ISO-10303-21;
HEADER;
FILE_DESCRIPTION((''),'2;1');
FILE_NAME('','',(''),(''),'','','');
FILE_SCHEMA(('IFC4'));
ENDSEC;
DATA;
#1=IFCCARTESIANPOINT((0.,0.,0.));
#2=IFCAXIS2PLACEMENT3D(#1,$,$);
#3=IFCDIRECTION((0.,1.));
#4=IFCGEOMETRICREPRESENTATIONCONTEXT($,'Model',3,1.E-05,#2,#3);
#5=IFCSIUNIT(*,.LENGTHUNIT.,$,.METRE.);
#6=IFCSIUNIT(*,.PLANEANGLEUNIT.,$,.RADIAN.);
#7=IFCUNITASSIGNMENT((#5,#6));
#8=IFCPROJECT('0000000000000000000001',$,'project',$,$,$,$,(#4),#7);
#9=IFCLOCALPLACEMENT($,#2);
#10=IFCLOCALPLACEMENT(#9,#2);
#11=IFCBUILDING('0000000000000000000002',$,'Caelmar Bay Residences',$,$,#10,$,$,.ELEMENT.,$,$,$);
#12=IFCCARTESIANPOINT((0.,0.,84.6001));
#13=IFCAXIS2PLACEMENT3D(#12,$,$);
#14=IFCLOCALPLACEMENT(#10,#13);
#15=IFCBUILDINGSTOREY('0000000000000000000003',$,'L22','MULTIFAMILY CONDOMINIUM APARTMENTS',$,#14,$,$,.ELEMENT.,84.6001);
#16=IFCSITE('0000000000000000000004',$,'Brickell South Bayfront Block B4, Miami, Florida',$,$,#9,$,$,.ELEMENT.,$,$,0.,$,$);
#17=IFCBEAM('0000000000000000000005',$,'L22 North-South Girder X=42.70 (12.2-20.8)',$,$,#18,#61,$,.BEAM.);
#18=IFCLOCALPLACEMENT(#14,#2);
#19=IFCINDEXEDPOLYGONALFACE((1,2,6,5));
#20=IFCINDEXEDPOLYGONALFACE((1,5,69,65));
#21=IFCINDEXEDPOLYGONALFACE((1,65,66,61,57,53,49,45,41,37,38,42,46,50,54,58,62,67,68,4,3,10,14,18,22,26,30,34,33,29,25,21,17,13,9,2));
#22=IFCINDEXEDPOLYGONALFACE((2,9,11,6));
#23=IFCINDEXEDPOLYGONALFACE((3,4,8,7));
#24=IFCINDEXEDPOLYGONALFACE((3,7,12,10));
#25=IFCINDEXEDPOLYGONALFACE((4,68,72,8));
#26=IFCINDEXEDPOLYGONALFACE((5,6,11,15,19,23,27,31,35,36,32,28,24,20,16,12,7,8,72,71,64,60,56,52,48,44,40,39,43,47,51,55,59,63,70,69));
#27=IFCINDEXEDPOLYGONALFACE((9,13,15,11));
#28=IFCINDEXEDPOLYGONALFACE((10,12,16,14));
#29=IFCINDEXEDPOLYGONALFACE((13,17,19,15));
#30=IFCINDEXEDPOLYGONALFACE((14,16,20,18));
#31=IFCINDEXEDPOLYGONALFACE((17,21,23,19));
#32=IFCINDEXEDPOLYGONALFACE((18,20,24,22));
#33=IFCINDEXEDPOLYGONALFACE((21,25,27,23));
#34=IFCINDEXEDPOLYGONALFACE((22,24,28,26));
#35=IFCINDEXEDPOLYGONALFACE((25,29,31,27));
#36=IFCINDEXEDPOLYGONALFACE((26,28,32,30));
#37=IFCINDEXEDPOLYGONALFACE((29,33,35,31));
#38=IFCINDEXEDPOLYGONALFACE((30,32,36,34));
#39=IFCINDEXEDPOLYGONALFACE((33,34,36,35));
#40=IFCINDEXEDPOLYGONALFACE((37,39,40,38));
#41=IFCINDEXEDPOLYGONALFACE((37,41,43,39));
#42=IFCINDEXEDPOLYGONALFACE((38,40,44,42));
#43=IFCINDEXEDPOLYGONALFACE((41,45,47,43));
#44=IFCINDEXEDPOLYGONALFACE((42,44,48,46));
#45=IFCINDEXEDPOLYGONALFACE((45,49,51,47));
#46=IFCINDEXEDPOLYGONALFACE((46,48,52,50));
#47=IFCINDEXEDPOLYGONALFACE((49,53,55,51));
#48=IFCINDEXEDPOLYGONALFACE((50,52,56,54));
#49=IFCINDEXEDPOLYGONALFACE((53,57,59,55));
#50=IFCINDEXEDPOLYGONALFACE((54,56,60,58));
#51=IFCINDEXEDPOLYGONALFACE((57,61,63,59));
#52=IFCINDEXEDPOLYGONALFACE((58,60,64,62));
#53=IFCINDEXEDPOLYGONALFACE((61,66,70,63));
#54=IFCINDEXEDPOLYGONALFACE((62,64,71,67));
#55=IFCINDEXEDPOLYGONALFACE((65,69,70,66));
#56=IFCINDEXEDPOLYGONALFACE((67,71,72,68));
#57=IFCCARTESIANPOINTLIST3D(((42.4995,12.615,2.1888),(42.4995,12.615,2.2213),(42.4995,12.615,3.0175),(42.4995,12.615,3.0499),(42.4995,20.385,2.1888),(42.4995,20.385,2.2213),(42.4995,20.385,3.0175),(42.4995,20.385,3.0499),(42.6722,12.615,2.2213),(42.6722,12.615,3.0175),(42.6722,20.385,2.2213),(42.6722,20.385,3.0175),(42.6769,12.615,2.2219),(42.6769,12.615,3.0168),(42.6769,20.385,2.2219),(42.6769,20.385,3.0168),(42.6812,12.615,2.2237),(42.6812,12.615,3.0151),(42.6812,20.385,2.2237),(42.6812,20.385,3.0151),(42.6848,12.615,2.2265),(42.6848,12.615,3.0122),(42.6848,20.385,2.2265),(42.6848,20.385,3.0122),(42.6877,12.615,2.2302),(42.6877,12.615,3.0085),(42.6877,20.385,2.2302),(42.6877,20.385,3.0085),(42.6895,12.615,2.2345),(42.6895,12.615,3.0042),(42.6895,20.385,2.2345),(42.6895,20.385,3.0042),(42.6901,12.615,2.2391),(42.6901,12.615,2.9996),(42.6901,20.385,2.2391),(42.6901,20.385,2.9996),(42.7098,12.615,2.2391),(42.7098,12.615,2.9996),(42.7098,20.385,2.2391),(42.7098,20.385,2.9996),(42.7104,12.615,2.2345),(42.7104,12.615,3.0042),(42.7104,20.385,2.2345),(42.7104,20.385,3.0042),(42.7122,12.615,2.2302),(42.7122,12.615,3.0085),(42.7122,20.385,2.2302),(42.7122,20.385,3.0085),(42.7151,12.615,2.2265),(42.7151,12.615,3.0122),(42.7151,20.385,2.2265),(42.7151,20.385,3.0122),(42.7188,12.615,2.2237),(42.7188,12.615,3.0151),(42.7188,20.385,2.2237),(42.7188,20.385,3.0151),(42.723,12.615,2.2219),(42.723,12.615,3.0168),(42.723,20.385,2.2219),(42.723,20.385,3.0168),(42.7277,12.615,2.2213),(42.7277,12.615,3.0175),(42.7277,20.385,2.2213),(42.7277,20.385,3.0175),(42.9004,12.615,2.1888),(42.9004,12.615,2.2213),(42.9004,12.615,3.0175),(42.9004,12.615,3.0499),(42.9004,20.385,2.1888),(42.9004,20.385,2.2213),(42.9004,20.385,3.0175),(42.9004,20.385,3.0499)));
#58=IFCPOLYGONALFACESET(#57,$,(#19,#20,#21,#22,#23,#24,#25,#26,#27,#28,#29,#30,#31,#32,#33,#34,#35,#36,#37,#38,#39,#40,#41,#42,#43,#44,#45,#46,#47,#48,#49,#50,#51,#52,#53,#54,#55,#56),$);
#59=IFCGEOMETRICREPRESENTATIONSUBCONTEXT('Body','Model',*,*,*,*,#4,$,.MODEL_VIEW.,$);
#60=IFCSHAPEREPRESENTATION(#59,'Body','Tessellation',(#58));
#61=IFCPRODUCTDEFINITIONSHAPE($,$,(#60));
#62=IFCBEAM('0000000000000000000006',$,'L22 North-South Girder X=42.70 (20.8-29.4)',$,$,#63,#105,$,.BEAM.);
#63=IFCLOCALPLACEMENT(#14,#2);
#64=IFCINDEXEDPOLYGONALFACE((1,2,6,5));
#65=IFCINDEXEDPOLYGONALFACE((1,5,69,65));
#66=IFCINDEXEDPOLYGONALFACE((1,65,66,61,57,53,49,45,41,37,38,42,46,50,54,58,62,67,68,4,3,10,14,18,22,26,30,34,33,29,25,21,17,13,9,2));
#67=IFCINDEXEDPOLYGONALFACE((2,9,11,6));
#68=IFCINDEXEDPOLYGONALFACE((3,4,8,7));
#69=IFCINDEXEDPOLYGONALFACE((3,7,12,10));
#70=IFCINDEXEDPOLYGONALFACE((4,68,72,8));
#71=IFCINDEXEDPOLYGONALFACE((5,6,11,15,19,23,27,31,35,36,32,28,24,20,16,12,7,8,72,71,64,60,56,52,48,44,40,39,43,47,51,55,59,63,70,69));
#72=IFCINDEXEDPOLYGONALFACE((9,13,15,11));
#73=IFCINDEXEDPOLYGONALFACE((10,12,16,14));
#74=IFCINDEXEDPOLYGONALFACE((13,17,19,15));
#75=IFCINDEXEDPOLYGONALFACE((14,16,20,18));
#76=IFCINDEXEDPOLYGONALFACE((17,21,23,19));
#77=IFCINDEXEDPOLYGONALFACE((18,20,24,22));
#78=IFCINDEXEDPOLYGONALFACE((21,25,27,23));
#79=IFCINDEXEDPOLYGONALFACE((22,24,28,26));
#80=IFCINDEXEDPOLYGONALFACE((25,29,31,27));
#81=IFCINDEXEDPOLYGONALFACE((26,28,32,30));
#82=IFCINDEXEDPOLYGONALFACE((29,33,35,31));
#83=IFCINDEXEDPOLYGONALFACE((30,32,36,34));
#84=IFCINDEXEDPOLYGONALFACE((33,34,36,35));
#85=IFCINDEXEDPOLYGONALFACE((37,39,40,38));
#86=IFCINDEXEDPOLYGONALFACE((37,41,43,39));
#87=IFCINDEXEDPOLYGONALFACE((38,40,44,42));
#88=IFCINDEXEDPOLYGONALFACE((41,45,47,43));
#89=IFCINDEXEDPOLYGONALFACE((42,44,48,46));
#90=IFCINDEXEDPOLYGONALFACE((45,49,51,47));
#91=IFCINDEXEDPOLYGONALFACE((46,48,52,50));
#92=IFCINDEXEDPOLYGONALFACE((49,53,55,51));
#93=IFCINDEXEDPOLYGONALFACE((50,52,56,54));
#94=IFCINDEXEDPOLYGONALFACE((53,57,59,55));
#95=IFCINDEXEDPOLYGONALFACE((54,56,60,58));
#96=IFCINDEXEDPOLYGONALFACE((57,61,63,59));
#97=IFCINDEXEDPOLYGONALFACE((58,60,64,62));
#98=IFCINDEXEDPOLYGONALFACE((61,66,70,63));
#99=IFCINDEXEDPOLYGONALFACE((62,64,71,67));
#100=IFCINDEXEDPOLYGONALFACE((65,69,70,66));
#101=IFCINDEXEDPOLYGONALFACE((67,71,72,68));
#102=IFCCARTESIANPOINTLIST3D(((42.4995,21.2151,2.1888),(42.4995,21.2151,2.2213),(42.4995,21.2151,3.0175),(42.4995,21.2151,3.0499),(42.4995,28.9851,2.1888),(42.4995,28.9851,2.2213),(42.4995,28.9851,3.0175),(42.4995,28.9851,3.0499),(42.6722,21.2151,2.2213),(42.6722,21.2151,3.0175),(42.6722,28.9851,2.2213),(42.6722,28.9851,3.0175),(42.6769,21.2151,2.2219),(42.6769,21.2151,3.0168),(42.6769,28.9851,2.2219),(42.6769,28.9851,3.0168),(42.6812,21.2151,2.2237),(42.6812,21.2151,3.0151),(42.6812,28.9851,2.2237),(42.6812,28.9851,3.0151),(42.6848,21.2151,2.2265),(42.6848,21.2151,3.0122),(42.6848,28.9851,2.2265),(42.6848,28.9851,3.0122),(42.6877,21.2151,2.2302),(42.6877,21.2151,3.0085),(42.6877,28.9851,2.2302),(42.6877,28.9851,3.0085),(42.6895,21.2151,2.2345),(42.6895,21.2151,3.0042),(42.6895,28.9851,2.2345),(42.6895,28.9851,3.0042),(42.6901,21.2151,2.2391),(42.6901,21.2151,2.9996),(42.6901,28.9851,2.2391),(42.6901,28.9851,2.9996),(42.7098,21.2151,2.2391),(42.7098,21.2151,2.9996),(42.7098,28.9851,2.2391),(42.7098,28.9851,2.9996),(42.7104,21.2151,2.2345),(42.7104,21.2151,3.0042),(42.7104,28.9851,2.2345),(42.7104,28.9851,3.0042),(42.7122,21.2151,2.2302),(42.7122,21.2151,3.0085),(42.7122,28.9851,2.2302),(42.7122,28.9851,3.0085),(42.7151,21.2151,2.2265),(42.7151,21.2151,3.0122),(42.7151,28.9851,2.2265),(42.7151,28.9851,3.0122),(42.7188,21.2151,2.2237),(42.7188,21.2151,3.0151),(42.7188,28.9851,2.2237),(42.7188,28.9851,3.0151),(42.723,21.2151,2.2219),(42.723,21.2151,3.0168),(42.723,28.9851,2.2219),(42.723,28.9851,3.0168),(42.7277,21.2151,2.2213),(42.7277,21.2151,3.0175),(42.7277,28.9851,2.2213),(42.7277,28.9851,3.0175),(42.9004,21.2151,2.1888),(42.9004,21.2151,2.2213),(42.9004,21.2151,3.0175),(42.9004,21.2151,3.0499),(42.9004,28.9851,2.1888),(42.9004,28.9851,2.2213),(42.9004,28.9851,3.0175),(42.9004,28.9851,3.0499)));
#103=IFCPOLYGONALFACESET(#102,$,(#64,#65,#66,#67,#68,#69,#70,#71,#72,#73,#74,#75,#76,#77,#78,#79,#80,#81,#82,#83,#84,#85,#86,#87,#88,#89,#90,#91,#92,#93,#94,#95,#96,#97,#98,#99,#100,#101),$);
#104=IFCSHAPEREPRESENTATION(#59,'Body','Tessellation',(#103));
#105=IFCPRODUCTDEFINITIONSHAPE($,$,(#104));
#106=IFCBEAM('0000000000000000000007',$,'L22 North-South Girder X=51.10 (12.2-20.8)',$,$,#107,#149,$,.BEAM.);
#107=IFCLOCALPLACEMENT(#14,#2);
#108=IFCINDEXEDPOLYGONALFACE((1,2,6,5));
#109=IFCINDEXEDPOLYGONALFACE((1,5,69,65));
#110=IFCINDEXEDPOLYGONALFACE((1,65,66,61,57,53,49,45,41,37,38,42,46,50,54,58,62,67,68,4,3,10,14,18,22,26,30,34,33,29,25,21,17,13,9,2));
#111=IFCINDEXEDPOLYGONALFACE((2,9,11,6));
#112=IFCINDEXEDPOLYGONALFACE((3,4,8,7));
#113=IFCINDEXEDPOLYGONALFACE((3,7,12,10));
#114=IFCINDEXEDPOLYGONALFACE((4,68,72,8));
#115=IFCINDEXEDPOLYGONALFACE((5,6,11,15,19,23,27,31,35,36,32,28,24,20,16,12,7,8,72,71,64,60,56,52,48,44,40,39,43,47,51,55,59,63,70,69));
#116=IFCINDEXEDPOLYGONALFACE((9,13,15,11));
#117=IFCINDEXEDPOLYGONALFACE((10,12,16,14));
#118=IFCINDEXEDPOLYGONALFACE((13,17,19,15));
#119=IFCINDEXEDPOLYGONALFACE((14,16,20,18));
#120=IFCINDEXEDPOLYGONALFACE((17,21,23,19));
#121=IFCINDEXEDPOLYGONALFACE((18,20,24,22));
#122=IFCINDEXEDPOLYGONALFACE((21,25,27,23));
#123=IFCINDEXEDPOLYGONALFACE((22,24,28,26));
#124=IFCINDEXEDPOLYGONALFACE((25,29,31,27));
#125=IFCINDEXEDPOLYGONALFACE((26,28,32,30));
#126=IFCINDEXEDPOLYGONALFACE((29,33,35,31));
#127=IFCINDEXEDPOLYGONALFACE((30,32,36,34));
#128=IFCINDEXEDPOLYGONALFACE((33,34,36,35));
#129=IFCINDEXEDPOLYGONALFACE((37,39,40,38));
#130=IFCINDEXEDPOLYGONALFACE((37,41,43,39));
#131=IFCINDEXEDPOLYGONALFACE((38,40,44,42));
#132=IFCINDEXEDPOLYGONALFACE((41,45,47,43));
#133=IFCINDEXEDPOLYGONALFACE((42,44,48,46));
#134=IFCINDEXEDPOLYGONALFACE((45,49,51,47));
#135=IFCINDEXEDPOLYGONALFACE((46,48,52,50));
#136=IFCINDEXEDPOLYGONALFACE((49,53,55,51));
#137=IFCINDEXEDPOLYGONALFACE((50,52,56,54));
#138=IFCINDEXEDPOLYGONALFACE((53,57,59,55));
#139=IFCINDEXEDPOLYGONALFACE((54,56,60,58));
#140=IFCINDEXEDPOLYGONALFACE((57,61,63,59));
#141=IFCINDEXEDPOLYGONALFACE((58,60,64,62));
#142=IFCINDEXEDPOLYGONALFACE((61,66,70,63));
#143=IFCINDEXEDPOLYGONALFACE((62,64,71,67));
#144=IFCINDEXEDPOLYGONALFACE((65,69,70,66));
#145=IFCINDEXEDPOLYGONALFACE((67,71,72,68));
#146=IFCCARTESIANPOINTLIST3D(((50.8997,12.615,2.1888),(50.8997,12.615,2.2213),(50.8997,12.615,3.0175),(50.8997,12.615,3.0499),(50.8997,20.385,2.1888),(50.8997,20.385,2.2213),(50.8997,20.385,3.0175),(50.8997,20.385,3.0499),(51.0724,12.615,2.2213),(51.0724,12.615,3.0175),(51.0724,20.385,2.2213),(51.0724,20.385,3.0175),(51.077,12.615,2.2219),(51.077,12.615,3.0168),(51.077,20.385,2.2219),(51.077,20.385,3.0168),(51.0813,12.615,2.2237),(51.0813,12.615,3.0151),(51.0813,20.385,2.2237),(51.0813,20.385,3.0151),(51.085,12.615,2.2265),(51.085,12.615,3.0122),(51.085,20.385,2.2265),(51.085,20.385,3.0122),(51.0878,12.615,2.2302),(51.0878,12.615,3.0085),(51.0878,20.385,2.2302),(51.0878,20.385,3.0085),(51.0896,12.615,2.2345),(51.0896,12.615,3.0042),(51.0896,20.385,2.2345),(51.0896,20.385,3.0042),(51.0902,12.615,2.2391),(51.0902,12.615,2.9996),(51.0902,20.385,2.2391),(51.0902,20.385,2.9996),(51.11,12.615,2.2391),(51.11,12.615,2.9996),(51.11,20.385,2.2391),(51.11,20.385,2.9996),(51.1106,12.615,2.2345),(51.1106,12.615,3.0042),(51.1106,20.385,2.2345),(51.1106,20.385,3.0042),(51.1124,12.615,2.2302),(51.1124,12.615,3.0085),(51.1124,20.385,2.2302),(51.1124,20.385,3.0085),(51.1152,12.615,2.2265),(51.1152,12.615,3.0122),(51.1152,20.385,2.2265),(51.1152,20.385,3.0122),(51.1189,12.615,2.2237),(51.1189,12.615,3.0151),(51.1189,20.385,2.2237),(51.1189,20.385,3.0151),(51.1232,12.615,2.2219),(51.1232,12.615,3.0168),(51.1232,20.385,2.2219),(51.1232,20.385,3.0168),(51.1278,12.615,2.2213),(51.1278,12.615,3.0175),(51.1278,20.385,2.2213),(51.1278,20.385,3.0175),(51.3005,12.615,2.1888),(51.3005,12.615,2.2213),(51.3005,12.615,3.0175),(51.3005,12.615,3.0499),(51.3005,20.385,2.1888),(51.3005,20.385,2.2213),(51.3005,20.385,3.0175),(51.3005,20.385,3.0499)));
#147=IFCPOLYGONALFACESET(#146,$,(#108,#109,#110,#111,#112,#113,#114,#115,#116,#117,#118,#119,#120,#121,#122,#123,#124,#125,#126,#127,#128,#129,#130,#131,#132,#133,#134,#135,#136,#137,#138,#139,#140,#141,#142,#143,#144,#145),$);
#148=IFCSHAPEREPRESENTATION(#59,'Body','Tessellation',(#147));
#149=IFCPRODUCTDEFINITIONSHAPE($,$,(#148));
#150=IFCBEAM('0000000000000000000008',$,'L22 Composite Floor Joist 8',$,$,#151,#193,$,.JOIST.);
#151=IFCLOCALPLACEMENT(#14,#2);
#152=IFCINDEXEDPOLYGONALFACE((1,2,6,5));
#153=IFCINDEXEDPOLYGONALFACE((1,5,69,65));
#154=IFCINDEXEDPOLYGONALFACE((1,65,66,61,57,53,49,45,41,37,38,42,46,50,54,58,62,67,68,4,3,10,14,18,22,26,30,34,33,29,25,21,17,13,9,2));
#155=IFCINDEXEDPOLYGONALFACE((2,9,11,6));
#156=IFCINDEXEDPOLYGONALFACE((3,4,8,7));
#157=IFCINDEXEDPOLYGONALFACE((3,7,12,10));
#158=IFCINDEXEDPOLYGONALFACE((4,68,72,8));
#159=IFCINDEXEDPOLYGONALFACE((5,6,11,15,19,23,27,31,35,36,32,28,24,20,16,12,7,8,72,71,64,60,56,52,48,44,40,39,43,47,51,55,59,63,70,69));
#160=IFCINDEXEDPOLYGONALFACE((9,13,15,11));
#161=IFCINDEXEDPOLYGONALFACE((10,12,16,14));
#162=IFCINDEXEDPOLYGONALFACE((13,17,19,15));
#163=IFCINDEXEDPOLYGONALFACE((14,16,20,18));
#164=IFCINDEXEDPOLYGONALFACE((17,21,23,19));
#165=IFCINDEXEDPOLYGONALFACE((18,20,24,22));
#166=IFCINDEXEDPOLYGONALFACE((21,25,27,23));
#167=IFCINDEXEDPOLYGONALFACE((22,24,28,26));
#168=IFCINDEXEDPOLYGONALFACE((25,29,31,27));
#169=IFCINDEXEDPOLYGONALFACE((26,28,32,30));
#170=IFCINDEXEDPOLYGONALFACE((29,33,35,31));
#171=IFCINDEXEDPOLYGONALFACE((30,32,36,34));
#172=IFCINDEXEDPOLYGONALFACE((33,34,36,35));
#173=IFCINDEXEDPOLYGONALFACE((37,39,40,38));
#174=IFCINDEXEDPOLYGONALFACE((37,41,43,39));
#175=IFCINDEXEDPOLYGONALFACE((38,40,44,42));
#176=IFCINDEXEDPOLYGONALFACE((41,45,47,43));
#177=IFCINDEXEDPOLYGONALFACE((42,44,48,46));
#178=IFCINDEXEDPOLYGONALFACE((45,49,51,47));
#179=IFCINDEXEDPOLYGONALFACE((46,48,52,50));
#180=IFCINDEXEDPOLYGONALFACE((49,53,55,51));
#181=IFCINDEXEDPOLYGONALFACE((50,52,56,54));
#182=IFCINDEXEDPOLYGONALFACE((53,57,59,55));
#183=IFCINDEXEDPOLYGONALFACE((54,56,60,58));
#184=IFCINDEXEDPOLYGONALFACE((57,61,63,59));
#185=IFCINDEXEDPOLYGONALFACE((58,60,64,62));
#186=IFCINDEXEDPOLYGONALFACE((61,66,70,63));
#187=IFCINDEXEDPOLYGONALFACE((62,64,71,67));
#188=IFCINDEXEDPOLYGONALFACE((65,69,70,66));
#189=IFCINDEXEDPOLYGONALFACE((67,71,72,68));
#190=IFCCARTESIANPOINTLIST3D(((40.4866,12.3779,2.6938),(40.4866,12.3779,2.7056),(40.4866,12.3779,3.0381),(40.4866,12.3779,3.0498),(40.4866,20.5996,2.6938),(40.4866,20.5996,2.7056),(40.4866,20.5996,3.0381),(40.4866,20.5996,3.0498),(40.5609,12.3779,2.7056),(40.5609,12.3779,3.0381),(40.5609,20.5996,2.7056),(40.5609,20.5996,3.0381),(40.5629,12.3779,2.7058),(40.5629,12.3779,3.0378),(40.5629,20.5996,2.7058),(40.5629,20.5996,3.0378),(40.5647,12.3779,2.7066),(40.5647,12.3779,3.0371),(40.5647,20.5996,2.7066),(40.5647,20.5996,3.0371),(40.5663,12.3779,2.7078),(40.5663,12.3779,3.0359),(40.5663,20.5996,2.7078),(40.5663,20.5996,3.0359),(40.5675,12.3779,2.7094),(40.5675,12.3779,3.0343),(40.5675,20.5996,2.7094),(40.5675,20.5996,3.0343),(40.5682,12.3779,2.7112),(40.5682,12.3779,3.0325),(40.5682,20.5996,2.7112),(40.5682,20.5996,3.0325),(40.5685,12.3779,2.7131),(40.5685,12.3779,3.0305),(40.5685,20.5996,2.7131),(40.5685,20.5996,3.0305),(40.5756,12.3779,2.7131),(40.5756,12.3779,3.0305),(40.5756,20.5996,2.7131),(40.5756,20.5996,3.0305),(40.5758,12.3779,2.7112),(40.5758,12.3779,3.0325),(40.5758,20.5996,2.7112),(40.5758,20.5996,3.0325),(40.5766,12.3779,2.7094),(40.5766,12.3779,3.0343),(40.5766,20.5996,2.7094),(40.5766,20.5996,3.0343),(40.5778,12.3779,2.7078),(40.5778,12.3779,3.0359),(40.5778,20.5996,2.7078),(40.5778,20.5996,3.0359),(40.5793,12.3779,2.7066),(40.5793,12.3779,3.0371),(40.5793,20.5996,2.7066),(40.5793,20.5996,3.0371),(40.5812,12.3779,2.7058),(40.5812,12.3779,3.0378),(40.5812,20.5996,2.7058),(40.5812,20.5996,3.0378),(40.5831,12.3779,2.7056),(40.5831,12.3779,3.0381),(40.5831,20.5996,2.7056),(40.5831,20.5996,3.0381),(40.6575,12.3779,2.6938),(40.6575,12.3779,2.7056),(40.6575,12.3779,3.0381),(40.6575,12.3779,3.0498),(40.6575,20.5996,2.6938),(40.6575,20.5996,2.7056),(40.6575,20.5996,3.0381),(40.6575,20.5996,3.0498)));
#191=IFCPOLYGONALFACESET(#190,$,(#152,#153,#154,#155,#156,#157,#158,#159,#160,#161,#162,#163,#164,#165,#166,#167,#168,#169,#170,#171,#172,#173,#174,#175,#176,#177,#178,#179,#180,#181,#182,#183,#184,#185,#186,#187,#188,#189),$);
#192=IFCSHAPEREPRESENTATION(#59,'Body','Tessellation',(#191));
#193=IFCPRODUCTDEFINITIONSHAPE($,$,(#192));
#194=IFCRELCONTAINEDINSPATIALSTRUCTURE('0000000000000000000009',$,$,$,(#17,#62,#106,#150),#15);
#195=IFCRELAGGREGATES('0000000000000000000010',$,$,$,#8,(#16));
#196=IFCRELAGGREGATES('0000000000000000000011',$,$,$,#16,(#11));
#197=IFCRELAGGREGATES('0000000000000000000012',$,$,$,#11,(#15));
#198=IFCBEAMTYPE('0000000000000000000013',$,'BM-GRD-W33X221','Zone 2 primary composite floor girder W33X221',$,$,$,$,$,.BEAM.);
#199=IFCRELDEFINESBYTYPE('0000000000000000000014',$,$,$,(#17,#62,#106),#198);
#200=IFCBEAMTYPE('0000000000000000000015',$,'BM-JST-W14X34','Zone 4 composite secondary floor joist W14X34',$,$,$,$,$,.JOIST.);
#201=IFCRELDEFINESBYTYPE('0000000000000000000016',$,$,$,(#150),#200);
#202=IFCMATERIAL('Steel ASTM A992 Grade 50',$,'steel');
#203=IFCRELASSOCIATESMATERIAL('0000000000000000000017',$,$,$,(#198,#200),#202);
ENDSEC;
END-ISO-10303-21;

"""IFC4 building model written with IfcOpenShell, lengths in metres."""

from ifc_helpers import new_model, si_unit, direction, frame, origin, origin_2d, place, context, subcontext, project, spatial, i_section, extrude, material, material_profile, profile_set, type_object, element, save


model = new_model("IFC4")

# Units and contexts
model_context = context("Model", 3, precision=1e-05, world=origin(), true_north=direction((0.0, 1.0)))
body_context = subcontext(model_context, "Body", "Model", "MODEL_VIEW")
ifc_project = project(units=[si_unit("LENGTHUNIT", "METRE"), si_unit("PLANEANGLEUNIT", "RADIAN")], contexts=[model_context])

# Site, building, storey
site_placement = place(None, origin())
site = spatial("IfcSite", under=ifc_project, at=site_placement, Name="Brickell South Bayfront Block B4, Miami, Florida", CompositionType="ELEMENT", RefElevation=0.0)
building_placement = place(site_placement, origin())
building = spatial("IfcBuilding", under=site, at=building_placement, Name="Caelmar Bay Residences", CompositionType="ELEMENT")
storey_placement = place(building_placement, frame((0.0, 0.0, 84.6001)))
storey = spatial("IfcBuildingStorey", under=building, at=storey_placement, Name="L22", Description="MULTIFAMILY CONDOMINIUM APARTMENTS", CompositionType="ELEMENT", Elevation=84.6001)

# Beams
ifc_material_1 = material(Name="Steel ASTM A992 Grade 50", Category="steel")
ifc_material_profile_1 = material_profile(ifc_material_1, i_section(OverallWidth=0.4009, OverallDepth=0.8611, WebThickness=0.0198, FlangeThickness=0.0325, FilletRadius=0.0178, at=origin_2d()), Name="W33X221")
ifc_profile_set_1 = profile_set([ifc_material_profile_1], Name="Steel ASTM A992 Grade 50")
beam_type_1 = type_object("IfcBeamType", Name="BM-GRD-W33X221", Description="Zone 2 primary composite floor girder W33X221", PredefinedType="BEAM", material=ifc_profile_set_1)
for number, where, z_axis, x_axis, name in (
    (1, (42.7, 12.615, 2.6194), (0.0, 1.0, 0.0), (-1.0, 0.0, 0.0), "L22 North-South Girder X=42.70 (12.2-20.8)"),
    (2, (42.7, 21.2151, 2.6194), (0.0, 1.0, 0.0), (-1.0, 0.0, 0.0), "L22 North-South Girder X=42.70 (20.8-29.4)"),
    (3, (51.1001, 12.615, 2.6194), (0.0, 1.0, 0.0), (-1.0, 0.0, 0.0), "L22 North-South Girder X=51.10 (12.2-20.8)"),
):
    element("IfcBeam", number, at=place(storey_placement, frame(where, z_axis=z_axis, x_axis=x_axis)), inside=storey, type_object=beam_type_1, Name=name, PredefinedType="BEAM", context=body_context, shape_type="SweptSolid", body=[
        extrude(i_section(OverallWidth=0.4009, OverallDepth=0.8611, WebThickness=0.0198, FlangeThickness=0.0325, FilletRadius=0.0178, at=origin_2d()), origin(), (0.0, 0.0, 1.0), 7.77),
    ])
ifc_material_profile_2 = material_profile(ifc_material_1, i_section(OverallWidth=0.1709, OverallDepth=0.356, WebThickness=0.0071, FlangeThickness=0.0117, FilletRadius=0.0076, at=origin_2d()), Name="W14X34")
ifc_profile_set_2 = profile_set([ifc_material_profile_2], Name="Steel ASTM A992 Grade 50")
beam_type_2 = type_object("IfcBeamType", Name="BM-JST-W14X34", Description="Zone 4 composite secondary floor joist W14X34", PredefinedType="JOIST", material=ifc_profile_set_2)
for number, where, z_axis, x_axis, name in (
    (4, (40.572, 12.3779, 2.8718), (0.0, 1.0, 0.0), (-1.0, 0.0, 0.0), "L22 Composite Floor Joist 8"),
):
    element("IfcBeam", number, at=place(storey_placement, frame(where, z_axis=z_axis, x_axis=x_axis)), inside=storey, type_object=beam_type_2, Name=name, PredefinedType="JOIST", context=body_context, shape_type="SweptSolid", body=[
        extrude(i_section(OverallWidth=0.1709, OverallDepth=0.356, WebThickness=0.0071, FlangeThickness=0.0117, FilletRadius=0.0076, at=origin_2d()), origin(), (0.0, 0.0, 1.0), 8.2217),
    ])

save(model, "model.ifc")
